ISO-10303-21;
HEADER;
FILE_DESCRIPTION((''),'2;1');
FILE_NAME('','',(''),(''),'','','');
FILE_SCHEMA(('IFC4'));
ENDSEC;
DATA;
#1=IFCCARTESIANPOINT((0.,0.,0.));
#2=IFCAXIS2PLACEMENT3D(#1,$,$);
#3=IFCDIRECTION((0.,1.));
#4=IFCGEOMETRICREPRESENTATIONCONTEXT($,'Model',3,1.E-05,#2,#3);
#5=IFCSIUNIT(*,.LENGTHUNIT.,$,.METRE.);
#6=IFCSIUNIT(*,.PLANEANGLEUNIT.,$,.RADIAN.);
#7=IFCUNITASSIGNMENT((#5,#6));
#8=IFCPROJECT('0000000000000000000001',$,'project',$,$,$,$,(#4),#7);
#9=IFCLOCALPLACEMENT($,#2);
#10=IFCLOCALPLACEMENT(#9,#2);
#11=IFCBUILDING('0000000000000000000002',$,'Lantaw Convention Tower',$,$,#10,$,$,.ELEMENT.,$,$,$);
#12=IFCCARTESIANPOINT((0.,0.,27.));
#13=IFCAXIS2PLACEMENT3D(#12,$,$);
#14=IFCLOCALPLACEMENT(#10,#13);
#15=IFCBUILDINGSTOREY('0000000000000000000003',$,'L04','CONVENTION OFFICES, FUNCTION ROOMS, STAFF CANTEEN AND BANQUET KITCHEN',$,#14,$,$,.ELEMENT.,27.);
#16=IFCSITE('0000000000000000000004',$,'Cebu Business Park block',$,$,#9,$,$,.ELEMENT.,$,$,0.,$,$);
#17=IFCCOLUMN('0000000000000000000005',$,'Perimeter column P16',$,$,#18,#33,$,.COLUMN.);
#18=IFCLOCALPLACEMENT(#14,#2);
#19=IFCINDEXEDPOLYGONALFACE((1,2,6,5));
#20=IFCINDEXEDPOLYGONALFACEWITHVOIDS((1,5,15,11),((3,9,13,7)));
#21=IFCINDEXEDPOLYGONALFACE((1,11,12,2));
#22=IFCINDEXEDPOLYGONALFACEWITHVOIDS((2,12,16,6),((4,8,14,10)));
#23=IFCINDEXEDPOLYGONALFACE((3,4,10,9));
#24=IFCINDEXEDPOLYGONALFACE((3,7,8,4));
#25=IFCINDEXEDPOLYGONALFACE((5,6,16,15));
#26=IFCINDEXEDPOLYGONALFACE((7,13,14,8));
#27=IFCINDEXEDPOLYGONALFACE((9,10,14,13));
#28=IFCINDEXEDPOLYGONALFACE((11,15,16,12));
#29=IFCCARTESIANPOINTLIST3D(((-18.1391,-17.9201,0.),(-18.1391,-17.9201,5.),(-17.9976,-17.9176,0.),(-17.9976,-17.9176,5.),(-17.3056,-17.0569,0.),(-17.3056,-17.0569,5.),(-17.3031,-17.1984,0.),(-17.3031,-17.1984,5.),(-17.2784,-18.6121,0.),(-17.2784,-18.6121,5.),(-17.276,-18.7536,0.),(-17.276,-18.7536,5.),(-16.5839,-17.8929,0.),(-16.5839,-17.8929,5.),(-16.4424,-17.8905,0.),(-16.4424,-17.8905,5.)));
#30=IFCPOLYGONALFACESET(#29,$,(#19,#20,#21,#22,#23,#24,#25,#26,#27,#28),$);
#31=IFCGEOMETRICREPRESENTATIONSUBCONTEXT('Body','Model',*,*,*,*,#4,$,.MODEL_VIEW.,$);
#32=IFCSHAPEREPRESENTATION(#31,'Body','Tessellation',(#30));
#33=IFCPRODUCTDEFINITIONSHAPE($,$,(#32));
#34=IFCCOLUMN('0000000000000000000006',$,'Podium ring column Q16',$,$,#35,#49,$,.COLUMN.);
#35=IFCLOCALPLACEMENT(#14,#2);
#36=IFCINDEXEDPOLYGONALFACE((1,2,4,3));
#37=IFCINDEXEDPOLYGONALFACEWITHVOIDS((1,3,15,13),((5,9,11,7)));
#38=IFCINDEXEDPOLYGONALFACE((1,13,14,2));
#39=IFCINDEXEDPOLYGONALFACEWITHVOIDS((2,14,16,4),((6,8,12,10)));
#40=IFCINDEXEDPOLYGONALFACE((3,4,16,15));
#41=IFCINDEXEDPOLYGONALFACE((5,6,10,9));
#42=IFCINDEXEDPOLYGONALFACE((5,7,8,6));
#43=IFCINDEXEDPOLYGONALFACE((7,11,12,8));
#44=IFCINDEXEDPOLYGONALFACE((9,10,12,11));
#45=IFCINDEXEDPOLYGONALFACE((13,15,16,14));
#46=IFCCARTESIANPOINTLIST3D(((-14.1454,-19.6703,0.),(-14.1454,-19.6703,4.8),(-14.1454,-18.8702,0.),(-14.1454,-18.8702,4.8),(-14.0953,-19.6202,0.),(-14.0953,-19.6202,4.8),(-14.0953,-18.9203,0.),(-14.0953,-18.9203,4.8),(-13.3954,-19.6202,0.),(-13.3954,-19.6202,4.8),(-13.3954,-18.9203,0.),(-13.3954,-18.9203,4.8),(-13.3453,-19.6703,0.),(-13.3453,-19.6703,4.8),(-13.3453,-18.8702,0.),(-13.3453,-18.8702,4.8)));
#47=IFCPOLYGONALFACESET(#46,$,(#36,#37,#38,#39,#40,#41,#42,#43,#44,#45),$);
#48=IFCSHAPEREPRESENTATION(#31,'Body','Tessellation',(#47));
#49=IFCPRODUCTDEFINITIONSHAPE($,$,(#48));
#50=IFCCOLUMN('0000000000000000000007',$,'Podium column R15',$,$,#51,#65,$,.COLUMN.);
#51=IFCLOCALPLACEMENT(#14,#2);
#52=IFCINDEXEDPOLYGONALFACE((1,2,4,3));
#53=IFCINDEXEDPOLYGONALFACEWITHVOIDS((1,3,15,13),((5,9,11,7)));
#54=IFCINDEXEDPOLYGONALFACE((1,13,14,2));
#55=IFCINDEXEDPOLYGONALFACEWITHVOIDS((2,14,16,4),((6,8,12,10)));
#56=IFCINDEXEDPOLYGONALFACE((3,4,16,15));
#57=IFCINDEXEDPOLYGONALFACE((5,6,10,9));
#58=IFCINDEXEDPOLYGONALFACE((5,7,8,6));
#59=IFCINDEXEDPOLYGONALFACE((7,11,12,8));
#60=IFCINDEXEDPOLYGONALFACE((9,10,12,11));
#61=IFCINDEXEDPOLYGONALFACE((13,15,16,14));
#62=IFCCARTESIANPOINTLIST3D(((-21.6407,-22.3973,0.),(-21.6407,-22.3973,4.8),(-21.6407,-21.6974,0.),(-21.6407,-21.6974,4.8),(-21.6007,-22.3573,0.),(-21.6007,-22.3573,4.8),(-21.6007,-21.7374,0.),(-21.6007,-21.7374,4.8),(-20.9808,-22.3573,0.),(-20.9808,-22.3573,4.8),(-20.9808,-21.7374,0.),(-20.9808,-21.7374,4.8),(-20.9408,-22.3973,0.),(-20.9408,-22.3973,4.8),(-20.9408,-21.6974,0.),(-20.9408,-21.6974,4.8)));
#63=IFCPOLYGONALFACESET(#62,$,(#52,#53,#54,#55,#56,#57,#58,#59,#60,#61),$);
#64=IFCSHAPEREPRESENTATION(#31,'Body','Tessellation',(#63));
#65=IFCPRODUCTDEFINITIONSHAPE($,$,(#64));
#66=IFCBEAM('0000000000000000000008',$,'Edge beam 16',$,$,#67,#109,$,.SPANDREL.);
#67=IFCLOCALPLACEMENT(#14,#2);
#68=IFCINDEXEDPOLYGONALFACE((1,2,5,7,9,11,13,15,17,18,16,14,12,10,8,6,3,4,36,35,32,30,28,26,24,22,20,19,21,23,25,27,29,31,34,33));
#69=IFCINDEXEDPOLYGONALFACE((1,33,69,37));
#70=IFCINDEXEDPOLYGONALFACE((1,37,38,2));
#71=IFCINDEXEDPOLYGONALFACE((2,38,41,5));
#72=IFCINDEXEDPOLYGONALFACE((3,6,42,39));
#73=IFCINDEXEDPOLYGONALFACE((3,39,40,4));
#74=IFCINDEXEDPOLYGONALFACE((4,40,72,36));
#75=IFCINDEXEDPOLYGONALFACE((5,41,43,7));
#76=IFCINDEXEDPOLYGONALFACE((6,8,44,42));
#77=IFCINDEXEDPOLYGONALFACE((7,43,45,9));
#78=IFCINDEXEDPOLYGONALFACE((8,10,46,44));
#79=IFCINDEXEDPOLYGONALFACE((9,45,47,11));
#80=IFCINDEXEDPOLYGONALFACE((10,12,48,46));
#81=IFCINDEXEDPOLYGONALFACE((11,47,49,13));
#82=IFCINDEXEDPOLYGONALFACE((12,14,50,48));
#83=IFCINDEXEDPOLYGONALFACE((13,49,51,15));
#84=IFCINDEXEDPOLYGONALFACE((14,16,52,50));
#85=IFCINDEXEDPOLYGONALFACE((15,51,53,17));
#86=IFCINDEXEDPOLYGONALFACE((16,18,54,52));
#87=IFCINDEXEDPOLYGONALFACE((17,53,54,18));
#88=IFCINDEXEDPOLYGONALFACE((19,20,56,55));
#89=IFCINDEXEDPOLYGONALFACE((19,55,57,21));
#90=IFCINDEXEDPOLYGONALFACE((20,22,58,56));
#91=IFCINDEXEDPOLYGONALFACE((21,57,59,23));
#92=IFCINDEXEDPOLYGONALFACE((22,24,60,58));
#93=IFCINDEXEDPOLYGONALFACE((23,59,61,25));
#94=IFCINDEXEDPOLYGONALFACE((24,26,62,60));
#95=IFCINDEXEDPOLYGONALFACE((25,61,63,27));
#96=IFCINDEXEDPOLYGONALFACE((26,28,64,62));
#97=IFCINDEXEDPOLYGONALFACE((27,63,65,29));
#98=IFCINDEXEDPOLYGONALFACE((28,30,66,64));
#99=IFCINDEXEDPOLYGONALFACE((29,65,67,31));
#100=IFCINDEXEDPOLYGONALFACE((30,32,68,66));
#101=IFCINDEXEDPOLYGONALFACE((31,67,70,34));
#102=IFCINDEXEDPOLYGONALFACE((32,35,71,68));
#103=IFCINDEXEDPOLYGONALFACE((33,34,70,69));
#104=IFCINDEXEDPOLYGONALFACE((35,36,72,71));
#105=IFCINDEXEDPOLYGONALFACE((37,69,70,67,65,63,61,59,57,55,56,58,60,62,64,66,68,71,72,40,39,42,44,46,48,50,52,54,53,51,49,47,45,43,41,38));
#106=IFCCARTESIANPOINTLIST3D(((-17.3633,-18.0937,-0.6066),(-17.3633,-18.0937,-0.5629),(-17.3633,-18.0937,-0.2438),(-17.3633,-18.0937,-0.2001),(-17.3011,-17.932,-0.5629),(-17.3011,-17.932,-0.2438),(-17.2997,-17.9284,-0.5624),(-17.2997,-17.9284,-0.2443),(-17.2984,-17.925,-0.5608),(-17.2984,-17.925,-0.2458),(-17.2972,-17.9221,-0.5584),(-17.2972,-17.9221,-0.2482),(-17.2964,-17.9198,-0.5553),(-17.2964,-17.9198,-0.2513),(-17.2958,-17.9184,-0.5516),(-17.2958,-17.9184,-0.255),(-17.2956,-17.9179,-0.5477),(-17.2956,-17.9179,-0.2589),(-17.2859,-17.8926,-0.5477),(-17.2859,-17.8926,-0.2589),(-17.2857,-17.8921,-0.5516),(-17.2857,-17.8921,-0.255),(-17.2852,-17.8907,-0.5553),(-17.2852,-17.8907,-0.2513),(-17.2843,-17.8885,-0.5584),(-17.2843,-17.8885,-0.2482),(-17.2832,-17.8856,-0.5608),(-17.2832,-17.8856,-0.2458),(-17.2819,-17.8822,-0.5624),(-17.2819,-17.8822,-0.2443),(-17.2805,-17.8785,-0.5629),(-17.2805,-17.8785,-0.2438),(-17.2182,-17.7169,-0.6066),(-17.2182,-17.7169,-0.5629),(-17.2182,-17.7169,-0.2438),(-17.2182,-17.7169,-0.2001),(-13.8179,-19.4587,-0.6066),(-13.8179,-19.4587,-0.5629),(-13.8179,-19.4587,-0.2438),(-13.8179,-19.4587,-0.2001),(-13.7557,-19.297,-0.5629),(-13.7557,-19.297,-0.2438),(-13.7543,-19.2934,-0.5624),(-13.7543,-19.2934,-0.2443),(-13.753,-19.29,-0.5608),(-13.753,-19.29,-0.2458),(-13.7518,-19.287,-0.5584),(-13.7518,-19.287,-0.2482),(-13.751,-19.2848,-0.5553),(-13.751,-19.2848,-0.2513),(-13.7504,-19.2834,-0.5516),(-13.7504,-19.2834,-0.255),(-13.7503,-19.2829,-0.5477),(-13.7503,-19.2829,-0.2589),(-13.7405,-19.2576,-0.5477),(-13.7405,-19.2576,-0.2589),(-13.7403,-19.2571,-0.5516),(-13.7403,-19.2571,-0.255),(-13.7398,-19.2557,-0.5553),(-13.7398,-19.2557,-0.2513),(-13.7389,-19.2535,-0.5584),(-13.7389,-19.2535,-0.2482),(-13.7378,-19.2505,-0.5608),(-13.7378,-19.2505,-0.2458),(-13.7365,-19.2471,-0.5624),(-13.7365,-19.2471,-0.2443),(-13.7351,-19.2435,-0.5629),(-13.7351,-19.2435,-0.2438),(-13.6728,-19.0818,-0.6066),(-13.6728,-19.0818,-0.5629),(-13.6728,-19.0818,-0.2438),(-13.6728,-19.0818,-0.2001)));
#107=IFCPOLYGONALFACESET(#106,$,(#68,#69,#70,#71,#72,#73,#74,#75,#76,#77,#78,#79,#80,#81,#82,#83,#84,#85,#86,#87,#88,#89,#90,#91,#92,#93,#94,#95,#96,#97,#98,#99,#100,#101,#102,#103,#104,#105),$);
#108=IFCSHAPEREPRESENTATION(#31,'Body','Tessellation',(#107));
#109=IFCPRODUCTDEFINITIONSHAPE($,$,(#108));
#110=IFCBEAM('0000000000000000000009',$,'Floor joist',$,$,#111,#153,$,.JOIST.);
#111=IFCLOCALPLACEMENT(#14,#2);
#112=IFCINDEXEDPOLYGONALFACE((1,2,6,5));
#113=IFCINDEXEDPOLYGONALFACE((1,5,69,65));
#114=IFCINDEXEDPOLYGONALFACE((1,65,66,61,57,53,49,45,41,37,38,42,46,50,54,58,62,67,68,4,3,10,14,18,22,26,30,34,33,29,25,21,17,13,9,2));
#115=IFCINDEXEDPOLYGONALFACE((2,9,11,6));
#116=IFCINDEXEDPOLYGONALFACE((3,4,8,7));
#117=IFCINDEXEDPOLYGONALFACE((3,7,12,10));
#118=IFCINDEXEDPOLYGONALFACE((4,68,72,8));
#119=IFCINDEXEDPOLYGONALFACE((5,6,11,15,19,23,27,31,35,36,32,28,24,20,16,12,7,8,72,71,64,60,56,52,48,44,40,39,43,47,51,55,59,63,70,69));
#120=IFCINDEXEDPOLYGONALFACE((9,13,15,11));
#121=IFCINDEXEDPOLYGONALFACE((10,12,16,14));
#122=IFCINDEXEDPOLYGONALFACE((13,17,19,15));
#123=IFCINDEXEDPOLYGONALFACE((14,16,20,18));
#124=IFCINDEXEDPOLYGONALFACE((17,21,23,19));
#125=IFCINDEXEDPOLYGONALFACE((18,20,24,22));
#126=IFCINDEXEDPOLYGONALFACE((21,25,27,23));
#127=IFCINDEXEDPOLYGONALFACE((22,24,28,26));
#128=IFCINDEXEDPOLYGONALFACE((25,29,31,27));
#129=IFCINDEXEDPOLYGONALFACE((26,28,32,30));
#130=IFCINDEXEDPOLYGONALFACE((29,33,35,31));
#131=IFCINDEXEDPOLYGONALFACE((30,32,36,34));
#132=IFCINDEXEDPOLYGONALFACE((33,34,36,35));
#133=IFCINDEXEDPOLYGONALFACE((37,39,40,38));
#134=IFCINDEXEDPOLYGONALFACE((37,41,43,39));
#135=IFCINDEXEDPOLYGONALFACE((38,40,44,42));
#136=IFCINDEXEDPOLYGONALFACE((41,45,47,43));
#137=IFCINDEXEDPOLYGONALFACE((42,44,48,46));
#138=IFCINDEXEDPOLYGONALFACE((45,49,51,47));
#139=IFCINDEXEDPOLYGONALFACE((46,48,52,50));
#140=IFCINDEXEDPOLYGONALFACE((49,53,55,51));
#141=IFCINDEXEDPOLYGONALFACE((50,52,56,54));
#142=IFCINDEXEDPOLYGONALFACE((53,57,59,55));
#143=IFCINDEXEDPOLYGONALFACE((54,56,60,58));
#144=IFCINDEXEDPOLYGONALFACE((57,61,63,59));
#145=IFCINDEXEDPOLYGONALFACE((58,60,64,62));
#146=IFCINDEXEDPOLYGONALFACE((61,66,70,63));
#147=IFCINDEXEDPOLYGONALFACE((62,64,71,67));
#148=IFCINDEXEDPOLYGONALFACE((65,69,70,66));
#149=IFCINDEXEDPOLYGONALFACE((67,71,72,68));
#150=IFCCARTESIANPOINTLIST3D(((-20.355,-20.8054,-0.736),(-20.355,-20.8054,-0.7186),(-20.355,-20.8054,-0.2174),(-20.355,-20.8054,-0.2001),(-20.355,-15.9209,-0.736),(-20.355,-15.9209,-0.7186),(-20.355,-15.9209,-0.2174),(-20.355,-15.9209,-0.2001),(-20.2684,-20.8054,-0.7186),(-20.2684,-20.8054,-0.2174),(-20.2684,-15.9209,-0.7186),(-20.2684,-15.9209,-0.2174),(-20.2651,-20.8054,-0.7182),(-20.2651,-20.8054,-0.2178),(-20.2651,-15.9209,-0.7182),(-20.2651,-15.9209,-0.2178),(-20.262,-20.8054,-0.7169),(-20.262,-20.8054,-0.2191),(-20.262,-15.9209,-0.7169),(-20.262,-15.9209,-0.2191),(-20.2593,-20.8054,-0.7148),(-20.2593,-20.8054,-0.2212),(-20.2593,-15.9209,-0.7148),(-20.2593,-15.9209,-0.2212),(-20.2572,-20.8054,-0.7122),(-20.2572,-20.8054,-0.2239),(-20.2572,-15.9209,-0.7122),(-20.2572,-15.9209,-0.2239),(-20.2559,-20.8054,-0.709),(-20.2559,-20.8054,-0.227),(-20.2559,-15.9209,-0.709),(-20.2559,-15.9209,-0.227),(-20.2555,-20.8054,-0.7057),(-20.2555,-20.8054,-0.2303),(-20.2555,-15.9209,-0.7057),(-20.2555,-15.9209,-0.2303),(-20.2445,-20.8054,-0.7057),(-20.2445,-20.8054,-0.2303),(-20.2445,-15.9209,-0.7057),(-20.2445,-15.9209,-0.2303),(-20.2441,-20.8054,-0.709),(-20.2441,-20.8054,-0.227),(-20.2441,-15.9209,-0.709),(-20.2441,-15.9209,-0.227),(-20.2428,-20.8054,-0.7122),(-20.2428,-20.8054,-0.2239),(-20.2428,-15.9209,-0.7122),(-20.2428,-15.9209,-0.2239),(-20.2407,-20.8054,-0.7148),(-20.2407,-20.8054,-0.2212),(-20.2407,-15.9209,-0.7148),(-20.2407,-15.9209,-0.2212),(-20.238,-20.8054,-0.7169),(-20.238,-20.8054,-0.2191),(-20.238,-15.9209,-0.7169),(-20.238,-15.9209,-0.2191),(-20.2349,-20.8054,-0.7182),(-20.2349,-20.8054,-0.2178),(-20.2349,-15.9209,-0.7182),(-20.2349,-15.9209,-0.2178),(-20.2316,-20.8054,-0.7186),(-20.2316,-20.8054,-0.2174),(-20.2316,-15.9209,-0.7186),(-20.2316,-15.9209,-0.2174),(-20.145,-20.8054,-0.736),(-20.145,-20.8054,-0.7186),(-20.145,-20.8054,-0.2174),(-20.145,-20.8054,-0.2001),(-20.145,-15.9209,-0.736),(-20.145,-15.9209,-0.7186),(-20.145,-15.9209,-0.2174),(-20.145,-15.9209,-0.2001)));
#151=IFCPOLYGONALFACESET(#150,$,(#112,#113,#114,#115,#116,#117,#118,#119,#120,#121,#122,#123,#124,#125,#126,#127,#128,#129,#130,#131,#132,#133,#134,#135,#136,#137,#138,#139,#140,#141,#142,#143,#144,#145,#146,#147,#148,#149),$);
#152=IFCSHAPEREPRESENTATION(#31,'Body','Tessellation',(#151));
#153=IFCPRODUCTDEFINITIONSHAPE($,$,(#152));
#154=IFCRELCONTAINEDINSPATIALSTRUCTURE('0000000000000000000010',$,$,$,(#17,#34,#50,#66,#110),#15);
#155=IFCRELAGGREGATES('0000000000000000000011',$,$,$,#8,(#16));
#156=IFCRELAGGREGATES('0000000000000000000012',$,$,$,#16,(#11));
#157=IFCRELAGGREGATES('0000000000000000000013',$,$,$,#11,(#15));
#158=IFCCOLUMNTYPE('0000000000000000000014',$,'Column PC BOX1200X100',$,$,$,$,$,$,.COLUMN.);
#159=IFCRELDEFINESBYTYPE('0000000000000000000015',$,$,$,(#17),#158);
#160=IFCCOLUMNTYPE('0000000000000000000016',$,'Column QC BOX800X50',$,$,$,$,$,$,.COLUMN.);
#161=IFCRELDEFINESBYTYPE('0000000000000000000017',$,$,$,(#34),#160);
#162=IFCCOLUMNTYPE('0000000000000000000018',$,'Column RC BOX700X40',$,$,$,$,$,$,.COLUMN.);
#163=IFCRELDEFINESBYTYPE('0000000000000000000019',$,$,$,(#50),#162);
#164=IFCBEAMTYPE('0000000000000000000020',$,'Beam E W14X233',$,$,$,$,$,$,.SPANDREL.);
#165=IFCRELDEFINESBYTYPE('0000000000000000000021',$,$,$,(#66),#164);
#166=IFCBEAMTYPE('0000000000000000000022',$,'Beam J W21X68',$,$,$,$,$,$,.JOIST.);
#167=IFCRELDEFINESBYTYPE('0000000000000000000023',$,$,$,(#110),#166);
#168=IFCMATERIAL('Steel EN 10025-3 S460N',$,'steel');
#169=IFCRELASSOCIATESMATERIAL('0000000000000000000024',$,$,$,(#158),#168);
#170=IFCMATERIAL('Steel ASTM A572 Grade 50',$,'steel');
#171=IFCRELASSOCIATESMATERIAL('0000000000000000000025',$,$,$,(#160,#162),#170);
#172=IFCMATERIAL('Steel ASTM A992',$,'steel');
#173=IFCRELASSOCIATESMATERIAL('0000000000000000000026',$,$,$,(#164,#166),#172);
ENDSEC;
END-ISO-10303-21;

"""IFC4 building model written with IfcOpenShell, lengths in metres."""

from ifc_helpers import new_model, si_unit, direction, frame, origin, origin_2d, place, context, subcontext, project, spatial, rectangle, hollow_rectangle, i_section, extrude, material, material_profile, profile_set, type_object, element, save


model = new_model("IFC4")

# Units and contexts
model_context = context("Model", 3, precision=1e-05, world=origin(), true_north=direction((0.0, 1.0)))
body_context = subcontext(model_context, "Body", "Model", "MODEL_VIEW")
ifc_project = project(units=[si_unit("LENGTHUNIT", "METRE"), si_unit("PLANEANGLEUNIT", "RADIAN")], contexts=[model_context])

# Site, building, storey
site_placement = place(None, origin())
site = spatial("IfcSite", under=ifc_project, at=site_placement, Name="Cebu Business Park block", CompositionType="ELEMENT", RefElevation=0.0)
building_placement = place(site_placement, origin())
building = spatial("IfcBuilding", under=site, at=building_placement, Name="Lantaw Convention Tower", CompositionType="ELEMENT")
storey_placement = place(building_placement, frame((0.0, 0.0, 27.0)))
storey = spatial("IfcBuildingStorey", under=building, at=storey_placement, Name="L04", Description="CONVENTION OFFICES, FUNCTION ROOMS, STAFF CANTEEN AND BANQUET KITCHEN", CompositionType="ELEMENT", Elevation=27.0)

# Columns
ifc_material_1 = material(Name="Steel EN 10025-3 S460N", Category="steel")
ifc_material_profile_1 = material_profile(ifc_material_1, hollow_rectangle(XDim=1.2, YDim=1.2, WallThickness=0.1001, at=origin_2d()), Name="BOX1200X100")
ifc_material_2 = material(Name="Concrete C60/75", Category="concrete")
ifc_material_profile_2 = material_profile(ifc_material_2, rectangle(XDim=1.0, YDim=1.0, at=origin_2d()), Name="Concrete fill of BOX1200X100")
ifc_profile_set_1 = profile_set([ifc_material_profile_1, ifc_material_profile_2], Name="Steel EN 10025-3 S460N")
column_type_1 = type_object("IfcColumnType", Name="Column PC BOX1200X100", PredefinedType="COLUMN", material=ifc_profile_set_1)
column_1_placement = place(storey_placement, frame((-17.2908, -17.9053, 0.0), z_axis=(0.0, 0.0, 1.0), x_axis=(0.694658, 0.71934, 0.0)))
element("IfcColumn", 1, at=column_1_placement, inside=storey, type_object=column_type_1, Name="Perimeter column P16", PredefinedType="COLUMN", context=body_context, shape_type="SweptSolid", body=[
    extrude(hollow_rectangle(XDim=1.2, YDim=1.2, WallThickness=0.1001, at=origin_2d()), origin(), (0.0, 0.0, 1.0), 5.0),
])
ifc_material_3 = material(Name="Steel ASTM A572 Grade 50", Category="steel")
ifc_material_profile_3 = material_profile(ifc_material_3, hollow_rectangle(XDim=0.8, YDim=0.8, WallThickness=0.05, at=origin_2d()), Name="BOX800X50")
ifc_profile_set_2 = profile_set([ifc_material_profile_3], Name="Steel ASTM A572 Grade 50")
column_type_2 = type_object("IfcColumnType", Name="Column QC BOX800X50", PredefinedType="COLUMN", material=ifc_profile_set_2)
column_2_placement = place(storey_placement, frame((-13.7454, -19.2703, 0.0), z_axis=(0.0, 0.0, 1.0), x_axis=(1.0, 0.0, 0.0)))
element("IfcColumn", 2, at=column_2_placement, inside=storey, type_object=column_type_2, Name="Podium ring column Q16", PredefinedType="COLUMN", context=body_context, shape_type="SweptSolid", body=[
    extrude(hollow_rectangle(XDim=0.8, YDim=0.8, WallThickness=0.05, at=origin_2d()), origin(), (0.0, 0.0, 1.0), 4.8),
])
ifc_material_profile_4 = material_profile(ifc_material_3, hollow_rectangle(XDim=0.7, YDim=0.7, WallThickness=0.04, at=origin_2d()), Name="BOX700X40")
ifc_profile_set_3 = profile_set([ifc_material_profile_4], Name="Steel ASTM A572 Grade 50")
column_type_3 = type_object("IfcColumnType", Name="Column RC BOX700X40", PredefinedType="COLUMN", material=ifc_profile_set_3)
column_3_placement = place(storey_placement, frame((-21.2908, -22.0474, 0.0), z_axis=(0.0, 0.0, 1.0), x_axis=(1.0, 0.0, 0.0)))
element("IfcColumn", 3, at=column_3_placement, inside=storey, type_object=column_type_3, Name="Podium column R15", PredefinedType="COLUMN", context=body_context, shape_type="SweptSolid", body=[
    extrude(hollow_rectangle(XDim=0.7, YDim=0.7, WallThickness=0.04, at=origin_2d()), origin(), (0.0, 0.0, 1.0), 4.8),
])

# Beams
ifc_material_4 = material(Name="Steel ASTM A992", Category="steel")
ifc_material_profile_5 = material_profile(ifc_material_4, i_section(OverallWidth=0.4038, OverallDepth=0.4065, WebThickness=0.0271, FlangeThickness=0.0437, FilletRadius=0.0151, at=origin_2d()), Name="W14X233")
ifc_profile_set_4 = profile_set([ifc_material_profile_5], Name="Steel ASTM A992")
beam_type_1 = type_object("IfcBeamType", Name="Beam E W14X233", PredefinedType="SPANDREL", material=ifc_profile_set_4)
beam_1_placement = place(storey_placement, frame((-17.2908, -17.9053, -0.4033), z_axis=(0.933225, -0.359293, 0.0), x_axis=(0.359293, 0.933225, 0.0)))
element("IfcBeam", 4, at=beam_1_placement, inside=storey, type_object=beam_type_1, Name="Edge beam 16", PredefinedType="SPANDREL", context=body_context, shape_type="SweptSolid", body=[
    extrude(i_section(OverallWidth=0.4038, OverallDepth=0.4065, WebThickness=0.0271, FlangeThickness=0.0437, FilletRadius=0.0151, at=origin_2d()), origin(), (0.0, 0.0, 1.0), 3.7991),
])
ifc_material_profile_6 = material_profile(ifc_material_4, i_section(OverallWidth=0.21, OverallDepth=0.5359, WebThickness=0.011, FlangeThickness=0.0173, FilletRadius=0.0129, at=origin_2d()), Name="W21X68")
ifc_profile_set_5 = profile_set([ifc_material_profile_6], Name="Steel ASTM A992")
beam_type_2 = type_object("IfcBeamType", Name="Beam J W21X68", PredefinedType="JOIST", material=ifc_profile_set_5)
beam_2_placement = place(storey_placement, frame((-20.25, -20.8054, -0.468), z_axis=(0.0, 1.0, 0.0), x_axis=(-1.0, 0.0, 0.0)))
element("IfcBeam", 5, at=beam_2_placement, inside=storey, type_object=beam_type_2, Name="Floor joist", PredefinedType="JOIST", context=body_context, shape_type="SweptSolid", body=[
    extrude(i_section(OverallWidth=0.21, OverallDepth=0.5359, WebThickness=0.011, FlangeThickness=0.0173, FilletRadius=0.0129, at=origin_2d()), origin(), (0.0, 0.0, 1.0), 4.8845),
])

save(model, "model.ifc")
